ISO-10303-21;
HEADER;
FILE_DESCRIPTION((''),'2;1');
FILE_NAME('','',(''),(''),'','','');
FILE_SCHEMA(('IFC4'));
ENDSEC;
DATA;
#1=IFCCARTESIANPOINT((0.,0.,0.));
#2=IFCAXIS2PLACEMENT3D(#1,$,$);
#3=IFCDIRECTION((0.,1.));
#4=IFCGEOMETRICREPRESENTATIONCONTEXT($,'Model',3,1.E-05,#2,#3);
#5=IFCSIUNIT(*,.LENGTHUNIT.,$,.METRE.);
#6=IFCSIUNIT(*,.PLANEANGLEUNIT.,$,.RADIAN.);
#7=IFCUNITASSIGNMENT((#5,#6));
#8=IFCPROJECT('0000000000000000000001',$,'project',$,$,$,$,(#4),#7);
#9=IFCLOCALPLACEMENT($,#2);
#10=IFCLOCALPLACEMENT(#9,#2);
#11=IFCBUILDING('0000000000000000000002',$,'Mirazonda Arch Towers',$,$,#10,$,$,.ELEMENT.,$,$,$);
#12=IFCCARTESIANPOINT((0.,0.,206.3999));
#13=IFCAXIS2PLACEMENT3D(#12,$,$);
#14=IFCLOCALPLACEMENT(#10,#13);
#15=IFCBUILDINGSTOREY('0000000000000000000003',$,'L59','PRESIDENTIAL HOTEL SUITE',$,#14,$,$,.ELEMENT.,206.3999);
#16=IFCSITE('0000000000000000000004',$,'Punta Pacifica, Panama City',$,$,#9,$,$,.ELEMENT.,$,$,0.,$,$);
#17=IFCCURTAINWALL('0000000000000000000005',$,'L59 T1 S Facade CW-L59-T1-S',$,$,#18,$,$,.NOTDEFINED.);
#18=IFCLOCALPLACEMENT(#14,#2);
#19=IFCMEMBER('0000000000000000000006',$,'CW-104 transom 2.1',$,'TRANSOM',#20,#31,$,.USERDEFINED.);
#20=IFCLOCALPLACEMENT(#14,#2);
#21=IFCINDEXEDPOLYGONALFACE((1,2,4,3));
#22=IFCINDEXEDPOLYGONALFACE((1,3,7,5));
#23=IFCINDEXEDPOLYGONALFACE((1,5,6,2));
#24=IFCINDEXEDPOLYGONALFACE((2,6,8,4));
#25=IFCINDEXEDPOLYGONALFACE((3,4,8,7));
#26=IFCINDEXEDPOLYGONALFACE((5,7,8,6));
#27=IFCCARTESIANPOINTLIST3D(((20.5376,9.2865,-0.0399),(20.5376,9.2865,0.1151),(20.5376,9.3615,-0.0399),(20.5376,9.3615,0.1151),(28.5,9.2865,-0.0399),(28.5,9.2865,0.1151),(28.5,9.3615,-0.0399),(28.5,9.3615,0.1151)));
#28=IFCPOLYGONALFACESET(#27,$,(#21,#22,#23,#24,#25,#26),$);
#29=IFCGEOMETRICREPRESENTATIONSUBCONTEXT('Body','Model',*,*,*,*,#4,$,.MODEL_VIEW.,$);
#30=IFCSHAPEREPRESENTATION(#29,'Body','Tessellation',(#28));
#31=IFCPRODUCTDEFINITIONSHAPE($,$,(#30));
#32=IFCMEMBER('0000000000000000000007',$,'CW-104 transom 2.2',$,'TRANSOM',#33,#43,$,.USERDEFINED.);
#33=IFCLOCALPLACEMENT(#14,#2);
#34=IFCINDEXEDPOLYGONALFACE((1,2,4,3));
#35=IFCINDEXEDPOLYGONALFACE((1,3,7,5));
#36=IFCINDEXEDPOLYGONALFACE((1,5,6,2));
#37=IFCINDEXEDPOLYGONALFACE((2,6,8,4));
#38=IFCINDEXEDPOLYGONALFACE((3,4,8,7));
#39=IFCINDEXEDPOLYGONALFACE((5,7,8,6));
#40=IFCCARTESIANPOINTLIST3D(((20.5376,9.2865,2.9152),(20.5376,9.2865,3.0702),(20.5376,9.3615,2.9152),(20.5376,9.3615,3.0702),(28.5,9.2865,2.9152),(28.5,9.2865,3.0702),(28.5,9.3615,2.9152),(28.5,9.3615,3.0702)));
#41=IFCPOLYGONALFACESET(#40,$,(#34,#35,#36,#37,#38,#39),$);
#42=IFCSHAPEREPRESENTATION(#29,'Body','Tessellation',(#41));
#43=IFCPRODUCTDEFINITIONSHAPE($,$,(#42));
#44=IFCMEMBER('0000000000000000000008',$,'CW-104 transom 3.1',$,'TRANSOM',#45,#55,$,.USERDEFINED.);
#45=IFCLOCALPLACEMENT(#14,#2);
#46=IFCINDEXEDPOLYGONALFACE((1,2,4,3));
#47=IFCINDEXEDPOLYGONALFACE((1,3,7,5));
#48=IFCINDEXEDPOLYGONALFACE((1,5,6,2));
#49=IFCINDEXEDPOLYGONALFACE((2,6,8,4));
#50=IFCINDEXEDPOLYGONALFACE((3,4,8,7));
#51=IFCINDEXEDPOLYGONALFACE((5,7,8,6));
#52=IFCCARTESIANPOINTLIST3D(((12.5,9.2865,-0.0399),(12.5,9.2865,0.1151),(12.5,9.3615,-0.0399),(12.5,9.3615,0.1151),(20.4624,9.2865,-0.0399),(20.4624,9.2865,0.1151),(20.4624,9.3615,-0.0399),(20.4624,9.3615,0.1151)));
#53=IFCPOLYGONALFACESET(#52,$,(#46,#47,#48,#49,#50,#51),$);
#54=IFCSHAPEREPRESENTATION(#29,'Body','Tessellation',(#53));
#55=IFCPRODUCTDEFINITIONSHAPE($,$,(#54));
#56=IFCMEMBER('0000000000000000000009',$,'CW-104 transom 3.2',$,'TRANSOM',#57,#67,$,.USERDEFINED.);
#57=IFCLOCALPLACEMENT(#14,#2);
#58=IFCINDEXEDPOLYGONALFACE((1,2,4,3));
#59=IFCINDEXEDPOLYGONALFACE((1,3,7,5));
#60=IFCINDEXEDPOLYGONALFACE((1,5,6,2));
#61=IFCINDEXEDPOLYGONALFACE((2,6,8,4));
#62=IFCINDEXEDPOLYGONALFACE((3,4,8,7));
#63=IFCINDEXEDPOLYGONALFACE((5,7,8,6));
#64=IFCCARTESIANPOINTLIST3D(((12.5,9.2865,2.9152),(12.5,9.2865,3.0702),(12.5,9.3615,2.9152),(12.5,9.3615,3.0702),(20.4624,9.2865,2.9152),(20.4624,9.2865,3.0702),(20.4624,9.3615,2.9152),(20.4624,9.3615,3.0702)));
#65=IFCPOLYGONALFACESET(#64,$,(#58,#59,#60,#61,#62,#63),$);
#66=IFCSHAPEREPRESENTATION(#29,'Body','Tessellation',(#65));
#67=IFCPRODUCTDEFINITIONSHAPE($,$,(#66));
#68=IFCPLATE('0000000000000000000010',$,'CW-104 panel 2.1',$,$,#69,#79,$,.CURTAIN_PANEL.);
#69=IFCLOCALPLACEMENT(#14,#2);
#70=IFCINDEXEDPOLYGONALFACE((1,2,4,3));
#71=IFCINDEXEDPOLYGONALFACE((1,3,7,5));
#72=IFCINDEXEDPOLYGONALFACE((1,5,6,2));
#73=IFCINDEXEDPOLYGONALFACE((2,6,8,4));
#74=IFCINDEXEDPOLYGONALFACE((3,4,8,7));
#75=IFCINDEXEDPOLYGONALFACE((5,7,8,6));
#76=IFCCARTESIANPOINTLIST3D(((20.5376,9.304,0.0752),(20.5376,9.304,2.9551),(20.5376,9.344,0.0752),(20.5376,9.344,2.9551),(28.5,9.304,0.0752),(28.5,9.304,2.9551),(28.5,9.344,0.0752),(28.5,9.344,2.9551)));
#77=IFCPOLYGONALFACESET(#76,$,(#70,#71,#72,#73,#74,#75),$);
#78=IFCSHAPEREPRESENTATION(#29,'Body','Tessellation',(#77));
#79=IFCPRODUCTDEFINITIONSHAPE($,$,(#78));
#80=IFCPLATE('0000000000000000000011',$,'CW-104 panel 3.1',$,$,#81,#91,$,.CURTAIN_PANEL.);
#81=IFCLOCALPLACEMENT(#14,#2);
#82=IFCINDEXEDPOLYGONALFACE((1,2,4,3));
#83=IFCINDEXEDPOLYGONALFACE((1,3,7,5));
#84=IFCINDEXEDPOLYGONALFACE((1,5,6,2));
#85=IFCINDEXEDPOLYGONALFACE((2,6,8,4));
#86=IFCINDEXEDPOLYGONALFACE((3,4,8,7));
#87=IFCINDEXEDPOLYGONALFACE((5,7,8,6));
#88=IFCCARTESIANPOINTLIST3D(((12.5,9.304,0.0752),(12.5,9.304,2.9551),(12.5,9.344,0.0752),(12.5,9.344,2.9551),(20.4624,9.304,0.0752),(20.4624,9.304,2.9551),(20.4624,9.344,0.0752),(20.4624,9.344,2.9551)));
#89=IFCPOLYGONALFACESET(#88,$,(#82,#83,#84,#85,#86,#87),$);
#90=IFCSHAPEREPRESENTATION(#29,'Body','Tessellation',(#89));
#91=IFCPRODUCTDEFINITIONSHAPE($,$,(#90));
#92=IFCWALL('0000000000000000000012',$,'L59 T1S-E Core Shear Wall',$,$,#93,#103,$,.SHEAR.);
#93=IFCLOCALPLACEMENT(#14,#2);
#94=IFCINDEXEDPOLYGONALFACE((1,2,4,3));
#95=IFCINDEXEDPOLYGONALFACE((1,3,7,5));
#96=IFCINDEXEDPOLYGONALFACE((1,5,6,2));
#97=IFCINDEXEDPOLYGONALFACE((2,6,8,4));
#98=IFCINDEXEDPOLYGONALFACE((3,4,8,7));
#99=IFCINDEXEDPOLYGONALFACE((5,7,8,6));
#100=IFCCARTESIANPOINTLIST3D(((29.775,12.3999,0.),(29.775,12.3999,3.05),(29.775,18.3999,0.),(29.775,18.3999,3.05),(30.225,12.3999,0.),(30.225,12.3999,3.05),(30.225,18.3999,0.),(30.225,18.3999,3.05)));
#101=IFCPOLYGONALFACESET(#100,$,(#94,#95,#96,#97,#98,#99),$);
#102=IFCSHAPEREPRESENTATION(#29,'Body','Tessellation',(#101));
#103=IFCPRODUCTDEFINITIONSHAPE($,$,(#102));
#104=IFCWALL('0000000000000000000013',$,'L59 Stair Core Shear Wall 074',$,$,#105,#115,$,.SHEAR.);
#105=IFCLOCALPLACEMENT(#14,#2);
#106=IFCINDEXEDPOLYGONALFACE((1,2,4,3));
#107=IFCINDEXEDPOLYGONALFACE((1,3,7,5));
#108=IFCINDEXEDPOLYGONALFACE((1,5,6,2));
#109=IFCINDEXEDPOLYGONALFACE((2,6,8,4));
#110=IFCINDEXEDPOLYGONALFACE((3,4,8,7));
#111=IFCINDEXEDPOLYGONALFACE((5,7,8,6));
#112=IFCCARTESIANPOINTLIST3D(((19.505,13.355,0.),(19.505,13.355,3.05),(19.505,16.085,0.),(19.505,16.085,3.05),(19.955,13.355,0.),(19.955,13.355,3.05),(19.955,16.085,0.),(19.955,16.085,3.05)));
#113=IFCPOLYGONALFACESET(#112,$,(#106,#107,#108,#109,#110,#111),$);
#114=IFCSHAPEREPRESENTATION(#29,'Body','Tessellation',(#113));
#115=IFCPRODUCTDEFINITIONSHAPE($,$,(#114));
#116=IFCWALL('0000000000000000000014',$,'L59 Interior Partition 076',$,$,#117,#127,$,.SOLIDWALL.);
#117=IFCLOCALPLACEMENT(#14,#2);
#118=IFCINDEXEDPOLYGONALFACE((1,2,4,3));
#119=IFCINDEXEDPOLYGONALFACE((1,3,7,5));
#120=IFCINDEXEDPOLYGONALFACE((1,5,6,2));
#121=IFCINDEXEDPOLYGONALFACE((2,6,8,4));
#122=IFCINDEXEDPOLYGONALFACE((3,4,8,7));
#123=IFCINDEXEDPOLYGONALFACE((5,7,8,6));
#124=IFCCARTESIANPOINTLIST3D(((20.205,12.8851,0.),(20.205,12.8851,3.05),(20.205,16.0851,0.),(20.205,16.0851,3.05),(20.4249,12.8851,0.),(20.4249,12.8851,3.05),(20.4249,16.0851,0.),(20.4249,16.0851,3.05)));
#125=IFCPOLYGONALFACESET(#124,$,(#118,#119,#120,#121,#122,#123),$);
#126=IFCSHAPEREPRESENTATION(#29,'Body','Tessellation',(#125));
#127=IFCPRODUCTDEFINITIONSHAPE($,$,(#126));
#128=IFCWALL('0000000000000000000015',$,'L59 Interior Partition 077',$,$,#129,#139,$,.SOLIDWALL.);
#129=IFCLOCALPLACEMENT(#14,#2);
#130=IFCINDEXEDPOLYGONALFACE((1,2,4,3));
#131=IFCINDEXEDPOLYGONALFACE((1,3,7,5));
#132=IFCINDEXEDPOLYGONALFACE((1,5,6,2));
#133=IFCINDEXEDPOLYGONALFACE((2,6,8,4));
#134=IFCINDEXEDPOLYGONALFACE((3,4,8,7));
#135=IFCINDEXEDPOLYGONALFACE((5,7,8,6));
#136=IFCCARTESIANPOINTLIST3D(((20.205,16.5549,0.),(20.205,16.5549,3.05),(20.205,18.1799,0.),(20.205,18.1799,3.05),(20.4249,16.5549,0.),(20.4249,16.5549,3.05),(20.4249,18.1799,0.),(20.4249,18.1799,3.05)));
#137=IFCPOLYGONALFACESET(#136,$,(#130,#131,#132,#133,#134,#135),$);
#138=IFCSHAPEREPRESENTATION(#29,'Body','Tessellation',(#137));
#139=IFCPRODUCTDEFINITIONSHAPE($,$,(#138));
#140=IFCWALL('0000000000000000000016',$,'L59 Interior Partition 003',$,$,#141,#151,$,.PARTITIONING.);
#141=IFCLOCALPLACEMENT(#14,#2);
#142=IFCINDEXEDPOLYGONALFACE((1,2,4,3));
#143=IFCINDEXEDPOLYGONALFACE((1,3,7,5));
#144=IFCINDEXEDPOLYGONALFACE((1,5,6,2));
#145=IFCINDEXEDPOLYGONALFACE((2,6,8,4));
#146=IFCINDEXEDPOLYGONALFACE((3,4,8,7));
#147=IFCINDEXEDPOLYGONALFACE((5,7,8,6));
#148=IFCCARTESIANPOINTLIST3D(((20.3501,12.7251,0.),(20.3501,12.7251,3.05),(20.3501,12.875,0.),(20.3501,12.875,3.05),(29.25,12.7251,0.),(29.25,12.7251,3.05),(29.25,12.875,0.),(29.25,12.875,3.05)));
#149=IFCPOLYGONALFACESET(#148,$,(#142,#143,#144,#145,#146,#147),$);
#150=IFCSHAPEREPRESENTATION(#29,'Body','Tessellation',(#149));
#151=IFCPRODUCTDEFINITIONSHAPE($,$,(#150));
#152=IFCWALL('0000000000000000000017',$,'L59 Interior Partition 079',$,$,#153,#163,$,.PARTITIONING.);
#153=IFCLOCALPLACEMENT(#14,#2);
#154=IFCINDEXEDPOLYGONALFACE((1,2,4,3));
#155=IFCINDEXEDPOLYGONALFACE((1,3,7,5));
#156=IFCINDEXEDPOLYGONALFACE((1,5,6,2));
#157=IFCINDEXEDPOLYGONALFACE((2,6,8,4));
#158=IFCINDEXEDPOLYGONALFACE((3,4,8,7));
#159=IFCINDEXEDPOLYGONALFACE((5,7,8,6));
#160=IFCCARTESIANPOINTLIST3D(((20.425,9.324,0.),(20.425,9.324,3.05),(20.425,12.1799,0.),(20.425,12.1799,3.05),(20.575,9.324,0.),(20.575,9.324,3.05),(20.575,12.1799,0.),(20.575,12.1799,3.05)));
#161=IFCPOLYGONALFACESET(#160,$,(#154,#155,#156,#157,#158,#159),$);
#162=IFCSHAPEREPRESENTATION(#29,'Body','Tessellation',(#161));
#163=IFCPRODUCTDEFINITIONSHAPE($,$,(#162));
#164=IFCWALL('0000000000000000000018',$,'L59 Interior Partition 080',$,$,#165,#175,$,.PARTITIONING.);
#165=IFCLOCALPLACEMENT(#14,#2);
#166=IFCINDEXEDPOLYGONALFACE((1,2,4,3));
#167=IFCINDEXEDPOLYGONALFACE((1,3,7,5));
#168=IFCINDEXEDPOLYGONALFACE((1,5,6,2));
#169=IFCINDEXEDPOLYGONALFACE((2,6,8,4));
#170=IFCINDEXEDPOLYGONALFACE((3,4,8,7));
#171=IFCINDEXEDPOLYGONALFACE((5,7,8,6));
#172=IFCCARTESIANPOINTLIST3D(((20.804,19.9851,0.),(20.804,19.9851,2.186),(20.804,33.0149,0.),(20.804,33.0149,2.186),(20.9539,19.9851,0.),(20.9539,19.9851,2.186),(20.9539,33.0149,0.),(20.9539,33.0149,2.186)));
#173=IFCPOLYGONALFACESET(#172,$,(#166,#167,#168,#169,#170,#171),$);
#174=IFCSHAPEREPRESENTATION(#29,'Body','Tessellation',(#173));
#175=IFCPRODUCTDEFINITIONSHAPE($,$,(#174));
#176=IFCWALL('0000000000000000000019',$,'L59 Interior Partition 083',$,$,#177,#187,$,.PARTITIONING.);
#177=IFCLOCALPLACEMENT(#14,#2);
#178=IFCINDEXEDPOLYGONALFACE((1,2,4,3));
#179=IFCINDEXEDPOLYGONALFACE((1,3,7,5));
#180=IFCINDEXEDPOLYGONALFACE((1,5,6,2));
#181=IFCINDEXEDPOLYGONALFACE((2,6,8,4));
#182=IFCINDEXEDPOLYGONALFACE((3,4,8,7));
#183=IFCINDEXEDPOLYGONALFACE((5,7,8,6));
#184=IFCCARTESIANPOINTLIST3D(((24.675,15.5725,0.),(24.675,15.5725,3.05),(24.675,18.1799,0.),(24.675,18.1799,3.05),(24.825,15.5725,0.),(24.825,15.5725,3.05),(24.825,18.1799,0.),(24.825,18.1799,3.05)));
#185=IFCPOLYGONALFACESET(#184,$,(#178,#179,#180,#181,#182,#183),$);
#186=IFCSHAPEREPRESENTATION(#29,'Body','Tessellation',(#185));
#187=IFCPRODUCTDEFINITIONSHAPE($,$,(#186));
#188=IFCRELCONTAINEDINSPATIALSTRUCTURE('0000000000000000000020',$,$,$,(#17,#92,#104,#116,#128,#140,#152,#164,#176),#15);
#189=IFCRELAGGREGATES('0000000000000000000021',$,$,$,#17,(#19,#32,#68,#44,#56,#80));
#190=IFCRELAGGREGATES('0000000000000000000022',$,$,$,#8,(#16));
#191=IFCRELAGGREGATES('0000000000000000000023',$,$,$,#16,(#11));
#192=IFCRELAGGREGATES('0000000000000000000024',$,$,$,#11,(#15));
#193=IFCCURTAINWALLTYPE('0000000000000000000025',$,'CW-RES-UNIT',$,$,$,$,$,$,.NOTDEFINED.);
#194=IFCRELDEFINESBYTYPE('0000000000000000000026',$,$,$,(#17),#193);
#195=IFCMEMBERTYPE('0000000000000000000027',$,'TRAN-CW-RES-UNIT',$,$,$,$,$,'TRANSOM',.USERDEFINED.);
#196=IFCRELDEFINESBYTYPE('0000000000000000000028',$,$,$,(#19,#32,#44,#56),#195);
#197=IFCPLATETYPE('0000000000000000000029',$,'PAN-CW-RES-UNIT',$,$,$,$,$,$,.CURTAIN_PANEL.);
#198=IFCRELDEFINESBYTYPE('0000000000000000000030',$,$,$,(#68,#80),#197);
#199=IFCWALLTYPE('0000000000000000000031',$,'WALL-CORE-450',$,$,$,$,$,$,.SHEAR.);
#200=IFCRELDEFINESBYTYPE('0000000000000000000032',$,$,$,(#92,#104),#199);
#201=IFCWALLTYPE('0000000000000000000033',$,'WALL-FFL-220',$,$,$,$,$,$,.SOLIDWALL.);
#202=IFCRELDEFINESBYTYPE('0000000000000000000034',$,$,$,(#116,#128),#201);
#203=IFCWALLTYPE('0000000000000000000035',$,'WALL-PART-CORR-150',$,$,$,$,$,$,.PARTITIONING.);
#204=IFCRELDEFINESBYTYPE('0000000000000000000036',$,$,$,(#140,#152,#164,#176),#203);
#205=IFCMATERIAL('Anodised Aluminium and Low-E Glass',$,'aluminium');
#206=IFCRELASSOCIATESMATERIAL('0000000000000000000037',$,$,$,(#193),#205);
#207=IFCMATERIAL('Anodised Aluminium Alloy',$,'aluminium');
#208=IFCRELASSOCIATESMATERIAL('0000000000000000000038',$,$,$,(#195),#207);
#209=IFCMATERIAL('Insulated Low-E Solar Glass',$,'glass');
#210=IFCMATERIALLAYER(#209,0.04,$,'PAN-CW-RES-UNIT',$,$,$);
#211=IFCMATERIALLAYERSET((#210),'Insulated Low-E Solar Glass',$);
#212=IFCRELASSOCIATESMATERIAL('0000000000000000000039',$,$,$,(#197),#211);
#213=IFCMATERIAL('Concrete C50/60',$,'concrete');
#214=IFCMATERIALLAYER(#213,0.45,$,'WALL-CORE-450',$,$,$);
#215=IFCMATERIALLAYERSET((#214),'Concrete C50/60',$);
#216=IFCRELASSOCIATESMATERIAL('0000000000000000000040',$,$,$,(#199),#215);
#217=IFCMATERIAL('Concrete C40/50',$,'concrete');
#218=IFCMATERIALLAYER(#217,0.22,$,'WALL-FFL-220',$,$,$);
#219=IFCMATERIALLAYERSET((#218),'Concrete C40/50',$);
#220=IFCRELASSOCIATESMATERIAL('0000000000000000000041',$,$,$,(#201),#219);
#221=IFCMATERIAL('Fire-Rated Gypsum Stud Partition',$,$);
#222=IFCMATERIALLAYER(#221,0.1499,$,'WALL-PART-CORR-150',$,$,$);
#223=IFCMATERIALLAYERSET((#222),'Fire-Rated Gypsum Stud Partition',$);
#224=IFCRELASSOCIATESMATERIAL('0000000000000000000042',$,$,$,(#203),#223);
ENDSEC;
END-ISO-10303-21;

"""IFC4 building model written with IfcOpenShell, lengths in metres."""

from ifc_helpers import new_model, si_unit, direction, frame, frame_2d, origin, origin_2d, place, context, subcontext, project, spatial, rectangle, extrude, material, layer, layer_set, material_profile, profile_set, type_object, element, aggregate, save


model = new_model("IFC4")

# Units and contexts
model_context = context("Model", 3, precision=1e-05, world=origin(), true_north=direction((0.0, 1.0)))
body_context = subcontext(model_context, "Body", "Model", "MODEL_VIEW")
ifc_project = project(units=[si_unit("LENGTHUNIT", "METRE"), si_unit("PLANEANGLEUNIT", "RADIAN")], contexts=[model_context])

# Site, building, storey
site_placement = place(None, origin())
site = spatial("IfcSite", under=ifc_project, at=site_placement, Name="Punta Pacifica, Panama City", CompositionType="ELEMENT", RefElevation=0.0)
building_placement = place(site_placement, origin())
building = spatial("IfcBuilding", under=site, at=building_placement, Name="Mirazonda Arch Towers", CompositionType="ELEMENT")
storey_placement = place(building_placement, frame((0.0, 0.0, 206.3999)))
storey = spatial("IfcBuildingStorey", under=building, at=storey_placement, Name="L59", Description="PRESIDENTIAL HOTEL SUITE", CompositionType="ELEMENT", Elevation=206.3999)

# Shared definitions
ifc_material_1 = material(Name="Concrete C50/60", Category="concrete")

# Curtain wall, members, plates
ifc_material_2 = material(Name="Anodised Aluminium and Low-E Glass", Category="aluminium")
curtain_wall_type = type_object("IfcCurtainWallType", Name="CW-RES-UNIT", PredefinedType="NOTDEFINED", material=ifc_material_2)
curtain_wall_placement = place(storey_placement, origin())
curtain_wall = element("IfcCurtainWall", 1, at=curtain_wall_placement, inside=storey, type_object=curtain_wall_type, Name="L59 T1 S Facade CW-L59-T1-S", PredefinedType="NOTDEFINED")
ifc_material_3 = material(Name="Anodised Aluminium Alloy", Category="aluminium")
ifc_material_profile_1 = material_profile(ifc_material_3, rectangle(XDim=0.075, YDim=0.155, at=origin_2d()), Name="ALU-TRAN-75x155")
ifc_profile_set_1 = profile_set([ifc_material_profile_1], Name="Anodised Aluminium Alloy")
member_type_1 = type_object("IfcMemberType", Name="TRAN-CW-RES-UNIT", ElementType="TRANSOM", PredefinedType="USERDEFINED", material=ifc_profile_set_1)
member_1_placement = place(storey_placement, frame((28.5, 9.324, 0.0376), z_axis=(-1.0, 0.0, 0.0), x_axis=(0.0, -1.0, 0.0)))
member_1 = element("IfcMember", 2, at=member_1_placement, type_object=member_type_1, Name="CW-104 transom 2.1", ObjectType="TRANSOM", PredefinedType="USERDEFINED", context=body_context, shape_type="SweptSolid", body=[
    extrude(rectangle(XDim=0.075, YDim=0.155, at=origin_2d()), origin(), (0.0, 0.0, 1.0), 7.9624),
])
member_2_placement = place(storey_placement, frame((28.5, 9.324, 2.9927), z_axis=(-1.0, 0.0, 0.0), x_axis=(0.0, -1.0, 0.0)))
member_2 = element("IfcMember", 3, at=member_2_placement, type_object=member_type_1, Name="CW-104 transom 2.2", ObjectType="TRANSOM", PredefinedType="USERDEFINED", context=body_context, shape_type="SweptSolid", body=[
    extrude(rectangle(XDim=0.075, YDim=0.155, at=origin_2d()), origin(), (0.0, 0.0, 1.0), 7.9624),
])
member_3_placement = place(storey_placement, frame((20.4624, 9.324, 0.0376), z_axis=(-1.0, 0.0, 0.0), x_axis=(0.0, -1.0, 0.0)))
member_3 = element("IfcMember", 4, at=member_3_placement, type_object=member_type_1, Name="CW-104 transom 3.1", ObjectType="TRANSOM", PredefinedType="USERDEFINED", context=body_context, shape_type="SweptSolid", body=[
    extrude(rectangle(XDim=0.075, YDim=0.155, at=origin_2d()), origin(), (0.0, 0.0, 1.0), 7.9624),
])
member_4_placement = place(storey_placement, frame((20.4624, 9.324, 2.9927), z_axis=(-1.0, 0.0, 0.0), x_axis=(0.0, -1.0, 0.0)))
member_4 = element("IfcMember", 5, at=member_4_placement, type_object=member_type_1, Name="CW-104 transom 3.2", ObjectType="TRANSOM", PredefinedType="USERDEFINED", context=body_context, shape_type="SweptSolid", body=[
    extrude(rectangle(XDim=0.075, YDim=0.155, at=origin_2d()), origin(), (0.0, 0.0, 1.0), 7.9624),
])
ifc_material_4 = material(Name="Insulated Low-E Solar Glass", Category="glass")
ifc_layer_1 = layer(ifc_material_4, 0.04, Name="PAN-CW-RES-UNIT")
ifc_layer_set_1 = layer_set([ifc_layer_1], Name="Insulated Low-E Solar Glass")
plate_type = type_object("IfcPlateType", Name="PAN-CW-RES-UNIT", PredefinedType="CURTAIN_PANEL", material=ifc_layer_set_1)
plate_1_placement = place(storey_placement, frame((24.5188, 9.324, 0.0752), z_axis=(0.0, 0.0, 1.0), x_axis=(-1.0, 0.0, 0.0)))
plate_1 = element("IfcPlate", 6, at=plate_1_placement, type_object=plate_type, Name="CW-104 panel 2.1", PredefinedType="CURTAIN_PANEL", context=body_context, shape_type="SweptSolid", body=[
    extrude(rectangle(XDim=7.9624, YDim=0.04, at=origin_2d()), origin(), (0.0, 0.0, 1.0), 2.8799),
])
plate_2_placement = place(storey_placement, frame((16.4812, 9.324, 0.0752), z_axis=(0.0, 0.0, 1.0), x_axis=(-1.0, 0.0, 0.0)))
plate_2 = element("IfcPlate", 7, at=plate_2_placement, type_object=plate_type, Name="CW-104 panel 3.1", PredefinedType="CURTAIN_PANEL", context=body_context, shape_type="SweptSolid", body=[
    extrude(rectangle(XDim=7.9624, YDim=0.04, at=origin_2d()), origin(), (0.0, 0.0, 1.0), 2.8799),
])
aggregate(curtain_wall, [member_1, member_2, plate_1, member_3, member_4, plate_2])

# Walls
ifc_layer_2 = layer(ifc_material_1, 0.45, Name="WALL-CORE-450")
ifc_layer_set_2 = layer_set([ifc_layer_2], Name="Concrete C50/60")
wall_type_1 = type_object("IfcWallType", Name="WALL-CORE-450", PredefinedType="SHEAR", material=ifc_layer_set_2)
wall_1_placement = place(storey_placement, frame((30.0, 12.3999, 0.0), z_axis=(0.0, 0.0, 1.0), x_axis=(0.0, 1.0, 0.0)))
element("IfcWall", 8, at=wall_1_placement, inside=storey, type_object=wall_type_1, Name="L59 T1S-E Core Shear Wall", PredefinedType="SHEAR", context=body_context, shape_type="SweptSolid", body=[
    extrude(rectangle(XDim=6.0, YDim=0.45, at=frame_2d((3.0, 0.0))), origin(), (0.0, 0.0, 1.0), 3.05),
])
wall_2_placement = place(storey_placement, frame((19.73, 13.355, 0.0), z_axis=(0.0, 0.0, 1.0), x_axis=(0.0, 1.0, 0.0)))
element("IfcWall", 9, at=wall_2_placement, inside=storey, type_object=wall_type_1, Name="L59 Stair Core Shear Wall 074", PredefinedType="SHEAR", context=body_context, shape_type="SweptSolid", body=[
    extrude(rectangle(XDim=2.73, YDim=0.45, at=frame_2d((1.365, 0.0))), origin(), (0.0, 0.0, 1.0), 3.05),
])
ifc_material_5 = material(Name="Concrete C40/50", Category="concrete")
ifc_layer_3 = layer(ifc_material_5, 0.22, Name="WALL-FFL-220")
ifc_layer_set_3 = layer_set([ifc_layer_3], Name="Concrete C40/50")
wall_type_2 = type_object("IfcWallType", Name="WALL-FFL-220", PredefinedType="SOLIDWALL", material=ifc_layer_set_3)
wall_3_placement = place(storey_placement, frame((20.3149, 12.885, 0.0), z_axis=(0.0, 0.0, 1.0), x_axis=(0.0, 1.0, 0.0)))
element("IfcWall", 10, at=wall_3_placement, inside=storey, type_object=wall_type_2, Name="L59 Interior Partition 076", PredefinedType="SOLIDWALL", context=body_context, shape_type="SweptSolid", body=[
    extrude(rectangle(XDim=3.2, YDim=0.22, at=frame_2d((1.6001, 0.0))), origin(), (0.0, 0.0, 1.0), 3.05),
])
wall_4_placement = place(storey_placement, frame((20.3149, 16.5549, 0.0), z_axis=(0.0, 0.0, 1.0), x_axis=(0.0, 1.0, 0.0)))
element("IfcWall", 11, at=wall_4_placement, inside=storey, type_object=wall_type_2, Name="L59 Interior Partition 077", PredefinedType="SOLIDWALL", context=body_context, shape_type="SweptSolid", body=[
    extrude(rectangle(XDim=1.625, YDim=0.22, at=frame_2d((0.8125, 0.0))), origin(), (0.0, 0.0, 1.0), 3.05),
])
ifc_material_6 = material(Name="Fire-Rated Gypsum Stud Partition")
ifc_layer_4 = layer(ifc_material_6, 0.1499, Name="WALL-PART-CORR-150")
ifc_layer_set_4 = layer_set([ifc_layer_4], Name="Fire-Rated Gypsum Stud Partition")
wall_type_3 = type_object("IfcWallType", Name="WALL-PART-CORR-150", PredefinedType="PARTITIONING", material=ifc_layer_set_4)
wall_5_placement = place(storey_placement, frame((20.3501, 12.8, 0.0), z_axis=(0.0, 0.0, 1.0), x_axis=(1.0, 0.0, 0.0)))
element("IfcWall", 12, at=wall_5_placement, inside=storey, type_object=wall_type_3, Name="L59 Interior Partition 003", PredefinedType="PARTITIONING", context=body_context, shape_type="SweptSolid", body=[
    extrude(rectangle(XDim=8.8999, YDim=0.1499, at=frame_2d((4.45, 0.0))), origin(), (0.0, 0.0, 1.0), 3.05),
])
wall_6_placement = place(storey_placement, frame((20.5, 9.324, 0.0), z_axis=(0.0, 0.0, 1.0), x_axis=(0.0, 1.0, 0.0)))
element("IfcWall", 13, at=wall_6_placement, inside=storey, type_object=wall_type_3, Name="L59 Interior Partition 079", PredefinedType="PARTITIONING", context=body_context, shape_type="SweptSolid", body=[
    extrude(rectangle(XDim=2.856, YDim=0.1499, at=frame_2d((1.428, 0.0))), origin(), (0.0, 0.0, 1.0), 3.05),
])
wall_7_placement = place(storey_placement, frame((20.8789, 19.9851, 0.0), z_axis=(0.0, 0.0, 1.0), x_axis=(0.0, 1.0, 0.0)))
element("IfcWall", 14, at=wall_7_placement, inside=storey, type_object=wall_type_3, Name="L59 Interior Partition 080", PredefinedType="PARTITIONING", context=body_context, shape_type="SweptSolid", body=[
    extrude(rectangle(XDim=13.0298, YDim=0.1499, at=frame_2d((6.5149, 0.0))), origin(), (0.0, 0.0, 1.0), 2.186),
])

# Wall
wall_8_placement = place(storey_placement, frame((24.75, 15.5725, 0.0), z_axis=(0.0, 0.0, 1.0), x_axis=(0.0, 1.0, 0.0)))
element("IfcWall", 15, at=wall_8_placement, inside=storey, type_object=wall_type_3, Name="L59 Interior Partition 083", PredefinedType="PARTITIONING", context=body_context, shape_type="SweptSolid", body=[
    extrude(rectangle(XDim=2.6074, YDim=0.1499, at=frame_2d((1.3037, 0.0))), origin(), (0.0, 0.0, 1.0), 3.05),
])

save(model, "model.ifc")
